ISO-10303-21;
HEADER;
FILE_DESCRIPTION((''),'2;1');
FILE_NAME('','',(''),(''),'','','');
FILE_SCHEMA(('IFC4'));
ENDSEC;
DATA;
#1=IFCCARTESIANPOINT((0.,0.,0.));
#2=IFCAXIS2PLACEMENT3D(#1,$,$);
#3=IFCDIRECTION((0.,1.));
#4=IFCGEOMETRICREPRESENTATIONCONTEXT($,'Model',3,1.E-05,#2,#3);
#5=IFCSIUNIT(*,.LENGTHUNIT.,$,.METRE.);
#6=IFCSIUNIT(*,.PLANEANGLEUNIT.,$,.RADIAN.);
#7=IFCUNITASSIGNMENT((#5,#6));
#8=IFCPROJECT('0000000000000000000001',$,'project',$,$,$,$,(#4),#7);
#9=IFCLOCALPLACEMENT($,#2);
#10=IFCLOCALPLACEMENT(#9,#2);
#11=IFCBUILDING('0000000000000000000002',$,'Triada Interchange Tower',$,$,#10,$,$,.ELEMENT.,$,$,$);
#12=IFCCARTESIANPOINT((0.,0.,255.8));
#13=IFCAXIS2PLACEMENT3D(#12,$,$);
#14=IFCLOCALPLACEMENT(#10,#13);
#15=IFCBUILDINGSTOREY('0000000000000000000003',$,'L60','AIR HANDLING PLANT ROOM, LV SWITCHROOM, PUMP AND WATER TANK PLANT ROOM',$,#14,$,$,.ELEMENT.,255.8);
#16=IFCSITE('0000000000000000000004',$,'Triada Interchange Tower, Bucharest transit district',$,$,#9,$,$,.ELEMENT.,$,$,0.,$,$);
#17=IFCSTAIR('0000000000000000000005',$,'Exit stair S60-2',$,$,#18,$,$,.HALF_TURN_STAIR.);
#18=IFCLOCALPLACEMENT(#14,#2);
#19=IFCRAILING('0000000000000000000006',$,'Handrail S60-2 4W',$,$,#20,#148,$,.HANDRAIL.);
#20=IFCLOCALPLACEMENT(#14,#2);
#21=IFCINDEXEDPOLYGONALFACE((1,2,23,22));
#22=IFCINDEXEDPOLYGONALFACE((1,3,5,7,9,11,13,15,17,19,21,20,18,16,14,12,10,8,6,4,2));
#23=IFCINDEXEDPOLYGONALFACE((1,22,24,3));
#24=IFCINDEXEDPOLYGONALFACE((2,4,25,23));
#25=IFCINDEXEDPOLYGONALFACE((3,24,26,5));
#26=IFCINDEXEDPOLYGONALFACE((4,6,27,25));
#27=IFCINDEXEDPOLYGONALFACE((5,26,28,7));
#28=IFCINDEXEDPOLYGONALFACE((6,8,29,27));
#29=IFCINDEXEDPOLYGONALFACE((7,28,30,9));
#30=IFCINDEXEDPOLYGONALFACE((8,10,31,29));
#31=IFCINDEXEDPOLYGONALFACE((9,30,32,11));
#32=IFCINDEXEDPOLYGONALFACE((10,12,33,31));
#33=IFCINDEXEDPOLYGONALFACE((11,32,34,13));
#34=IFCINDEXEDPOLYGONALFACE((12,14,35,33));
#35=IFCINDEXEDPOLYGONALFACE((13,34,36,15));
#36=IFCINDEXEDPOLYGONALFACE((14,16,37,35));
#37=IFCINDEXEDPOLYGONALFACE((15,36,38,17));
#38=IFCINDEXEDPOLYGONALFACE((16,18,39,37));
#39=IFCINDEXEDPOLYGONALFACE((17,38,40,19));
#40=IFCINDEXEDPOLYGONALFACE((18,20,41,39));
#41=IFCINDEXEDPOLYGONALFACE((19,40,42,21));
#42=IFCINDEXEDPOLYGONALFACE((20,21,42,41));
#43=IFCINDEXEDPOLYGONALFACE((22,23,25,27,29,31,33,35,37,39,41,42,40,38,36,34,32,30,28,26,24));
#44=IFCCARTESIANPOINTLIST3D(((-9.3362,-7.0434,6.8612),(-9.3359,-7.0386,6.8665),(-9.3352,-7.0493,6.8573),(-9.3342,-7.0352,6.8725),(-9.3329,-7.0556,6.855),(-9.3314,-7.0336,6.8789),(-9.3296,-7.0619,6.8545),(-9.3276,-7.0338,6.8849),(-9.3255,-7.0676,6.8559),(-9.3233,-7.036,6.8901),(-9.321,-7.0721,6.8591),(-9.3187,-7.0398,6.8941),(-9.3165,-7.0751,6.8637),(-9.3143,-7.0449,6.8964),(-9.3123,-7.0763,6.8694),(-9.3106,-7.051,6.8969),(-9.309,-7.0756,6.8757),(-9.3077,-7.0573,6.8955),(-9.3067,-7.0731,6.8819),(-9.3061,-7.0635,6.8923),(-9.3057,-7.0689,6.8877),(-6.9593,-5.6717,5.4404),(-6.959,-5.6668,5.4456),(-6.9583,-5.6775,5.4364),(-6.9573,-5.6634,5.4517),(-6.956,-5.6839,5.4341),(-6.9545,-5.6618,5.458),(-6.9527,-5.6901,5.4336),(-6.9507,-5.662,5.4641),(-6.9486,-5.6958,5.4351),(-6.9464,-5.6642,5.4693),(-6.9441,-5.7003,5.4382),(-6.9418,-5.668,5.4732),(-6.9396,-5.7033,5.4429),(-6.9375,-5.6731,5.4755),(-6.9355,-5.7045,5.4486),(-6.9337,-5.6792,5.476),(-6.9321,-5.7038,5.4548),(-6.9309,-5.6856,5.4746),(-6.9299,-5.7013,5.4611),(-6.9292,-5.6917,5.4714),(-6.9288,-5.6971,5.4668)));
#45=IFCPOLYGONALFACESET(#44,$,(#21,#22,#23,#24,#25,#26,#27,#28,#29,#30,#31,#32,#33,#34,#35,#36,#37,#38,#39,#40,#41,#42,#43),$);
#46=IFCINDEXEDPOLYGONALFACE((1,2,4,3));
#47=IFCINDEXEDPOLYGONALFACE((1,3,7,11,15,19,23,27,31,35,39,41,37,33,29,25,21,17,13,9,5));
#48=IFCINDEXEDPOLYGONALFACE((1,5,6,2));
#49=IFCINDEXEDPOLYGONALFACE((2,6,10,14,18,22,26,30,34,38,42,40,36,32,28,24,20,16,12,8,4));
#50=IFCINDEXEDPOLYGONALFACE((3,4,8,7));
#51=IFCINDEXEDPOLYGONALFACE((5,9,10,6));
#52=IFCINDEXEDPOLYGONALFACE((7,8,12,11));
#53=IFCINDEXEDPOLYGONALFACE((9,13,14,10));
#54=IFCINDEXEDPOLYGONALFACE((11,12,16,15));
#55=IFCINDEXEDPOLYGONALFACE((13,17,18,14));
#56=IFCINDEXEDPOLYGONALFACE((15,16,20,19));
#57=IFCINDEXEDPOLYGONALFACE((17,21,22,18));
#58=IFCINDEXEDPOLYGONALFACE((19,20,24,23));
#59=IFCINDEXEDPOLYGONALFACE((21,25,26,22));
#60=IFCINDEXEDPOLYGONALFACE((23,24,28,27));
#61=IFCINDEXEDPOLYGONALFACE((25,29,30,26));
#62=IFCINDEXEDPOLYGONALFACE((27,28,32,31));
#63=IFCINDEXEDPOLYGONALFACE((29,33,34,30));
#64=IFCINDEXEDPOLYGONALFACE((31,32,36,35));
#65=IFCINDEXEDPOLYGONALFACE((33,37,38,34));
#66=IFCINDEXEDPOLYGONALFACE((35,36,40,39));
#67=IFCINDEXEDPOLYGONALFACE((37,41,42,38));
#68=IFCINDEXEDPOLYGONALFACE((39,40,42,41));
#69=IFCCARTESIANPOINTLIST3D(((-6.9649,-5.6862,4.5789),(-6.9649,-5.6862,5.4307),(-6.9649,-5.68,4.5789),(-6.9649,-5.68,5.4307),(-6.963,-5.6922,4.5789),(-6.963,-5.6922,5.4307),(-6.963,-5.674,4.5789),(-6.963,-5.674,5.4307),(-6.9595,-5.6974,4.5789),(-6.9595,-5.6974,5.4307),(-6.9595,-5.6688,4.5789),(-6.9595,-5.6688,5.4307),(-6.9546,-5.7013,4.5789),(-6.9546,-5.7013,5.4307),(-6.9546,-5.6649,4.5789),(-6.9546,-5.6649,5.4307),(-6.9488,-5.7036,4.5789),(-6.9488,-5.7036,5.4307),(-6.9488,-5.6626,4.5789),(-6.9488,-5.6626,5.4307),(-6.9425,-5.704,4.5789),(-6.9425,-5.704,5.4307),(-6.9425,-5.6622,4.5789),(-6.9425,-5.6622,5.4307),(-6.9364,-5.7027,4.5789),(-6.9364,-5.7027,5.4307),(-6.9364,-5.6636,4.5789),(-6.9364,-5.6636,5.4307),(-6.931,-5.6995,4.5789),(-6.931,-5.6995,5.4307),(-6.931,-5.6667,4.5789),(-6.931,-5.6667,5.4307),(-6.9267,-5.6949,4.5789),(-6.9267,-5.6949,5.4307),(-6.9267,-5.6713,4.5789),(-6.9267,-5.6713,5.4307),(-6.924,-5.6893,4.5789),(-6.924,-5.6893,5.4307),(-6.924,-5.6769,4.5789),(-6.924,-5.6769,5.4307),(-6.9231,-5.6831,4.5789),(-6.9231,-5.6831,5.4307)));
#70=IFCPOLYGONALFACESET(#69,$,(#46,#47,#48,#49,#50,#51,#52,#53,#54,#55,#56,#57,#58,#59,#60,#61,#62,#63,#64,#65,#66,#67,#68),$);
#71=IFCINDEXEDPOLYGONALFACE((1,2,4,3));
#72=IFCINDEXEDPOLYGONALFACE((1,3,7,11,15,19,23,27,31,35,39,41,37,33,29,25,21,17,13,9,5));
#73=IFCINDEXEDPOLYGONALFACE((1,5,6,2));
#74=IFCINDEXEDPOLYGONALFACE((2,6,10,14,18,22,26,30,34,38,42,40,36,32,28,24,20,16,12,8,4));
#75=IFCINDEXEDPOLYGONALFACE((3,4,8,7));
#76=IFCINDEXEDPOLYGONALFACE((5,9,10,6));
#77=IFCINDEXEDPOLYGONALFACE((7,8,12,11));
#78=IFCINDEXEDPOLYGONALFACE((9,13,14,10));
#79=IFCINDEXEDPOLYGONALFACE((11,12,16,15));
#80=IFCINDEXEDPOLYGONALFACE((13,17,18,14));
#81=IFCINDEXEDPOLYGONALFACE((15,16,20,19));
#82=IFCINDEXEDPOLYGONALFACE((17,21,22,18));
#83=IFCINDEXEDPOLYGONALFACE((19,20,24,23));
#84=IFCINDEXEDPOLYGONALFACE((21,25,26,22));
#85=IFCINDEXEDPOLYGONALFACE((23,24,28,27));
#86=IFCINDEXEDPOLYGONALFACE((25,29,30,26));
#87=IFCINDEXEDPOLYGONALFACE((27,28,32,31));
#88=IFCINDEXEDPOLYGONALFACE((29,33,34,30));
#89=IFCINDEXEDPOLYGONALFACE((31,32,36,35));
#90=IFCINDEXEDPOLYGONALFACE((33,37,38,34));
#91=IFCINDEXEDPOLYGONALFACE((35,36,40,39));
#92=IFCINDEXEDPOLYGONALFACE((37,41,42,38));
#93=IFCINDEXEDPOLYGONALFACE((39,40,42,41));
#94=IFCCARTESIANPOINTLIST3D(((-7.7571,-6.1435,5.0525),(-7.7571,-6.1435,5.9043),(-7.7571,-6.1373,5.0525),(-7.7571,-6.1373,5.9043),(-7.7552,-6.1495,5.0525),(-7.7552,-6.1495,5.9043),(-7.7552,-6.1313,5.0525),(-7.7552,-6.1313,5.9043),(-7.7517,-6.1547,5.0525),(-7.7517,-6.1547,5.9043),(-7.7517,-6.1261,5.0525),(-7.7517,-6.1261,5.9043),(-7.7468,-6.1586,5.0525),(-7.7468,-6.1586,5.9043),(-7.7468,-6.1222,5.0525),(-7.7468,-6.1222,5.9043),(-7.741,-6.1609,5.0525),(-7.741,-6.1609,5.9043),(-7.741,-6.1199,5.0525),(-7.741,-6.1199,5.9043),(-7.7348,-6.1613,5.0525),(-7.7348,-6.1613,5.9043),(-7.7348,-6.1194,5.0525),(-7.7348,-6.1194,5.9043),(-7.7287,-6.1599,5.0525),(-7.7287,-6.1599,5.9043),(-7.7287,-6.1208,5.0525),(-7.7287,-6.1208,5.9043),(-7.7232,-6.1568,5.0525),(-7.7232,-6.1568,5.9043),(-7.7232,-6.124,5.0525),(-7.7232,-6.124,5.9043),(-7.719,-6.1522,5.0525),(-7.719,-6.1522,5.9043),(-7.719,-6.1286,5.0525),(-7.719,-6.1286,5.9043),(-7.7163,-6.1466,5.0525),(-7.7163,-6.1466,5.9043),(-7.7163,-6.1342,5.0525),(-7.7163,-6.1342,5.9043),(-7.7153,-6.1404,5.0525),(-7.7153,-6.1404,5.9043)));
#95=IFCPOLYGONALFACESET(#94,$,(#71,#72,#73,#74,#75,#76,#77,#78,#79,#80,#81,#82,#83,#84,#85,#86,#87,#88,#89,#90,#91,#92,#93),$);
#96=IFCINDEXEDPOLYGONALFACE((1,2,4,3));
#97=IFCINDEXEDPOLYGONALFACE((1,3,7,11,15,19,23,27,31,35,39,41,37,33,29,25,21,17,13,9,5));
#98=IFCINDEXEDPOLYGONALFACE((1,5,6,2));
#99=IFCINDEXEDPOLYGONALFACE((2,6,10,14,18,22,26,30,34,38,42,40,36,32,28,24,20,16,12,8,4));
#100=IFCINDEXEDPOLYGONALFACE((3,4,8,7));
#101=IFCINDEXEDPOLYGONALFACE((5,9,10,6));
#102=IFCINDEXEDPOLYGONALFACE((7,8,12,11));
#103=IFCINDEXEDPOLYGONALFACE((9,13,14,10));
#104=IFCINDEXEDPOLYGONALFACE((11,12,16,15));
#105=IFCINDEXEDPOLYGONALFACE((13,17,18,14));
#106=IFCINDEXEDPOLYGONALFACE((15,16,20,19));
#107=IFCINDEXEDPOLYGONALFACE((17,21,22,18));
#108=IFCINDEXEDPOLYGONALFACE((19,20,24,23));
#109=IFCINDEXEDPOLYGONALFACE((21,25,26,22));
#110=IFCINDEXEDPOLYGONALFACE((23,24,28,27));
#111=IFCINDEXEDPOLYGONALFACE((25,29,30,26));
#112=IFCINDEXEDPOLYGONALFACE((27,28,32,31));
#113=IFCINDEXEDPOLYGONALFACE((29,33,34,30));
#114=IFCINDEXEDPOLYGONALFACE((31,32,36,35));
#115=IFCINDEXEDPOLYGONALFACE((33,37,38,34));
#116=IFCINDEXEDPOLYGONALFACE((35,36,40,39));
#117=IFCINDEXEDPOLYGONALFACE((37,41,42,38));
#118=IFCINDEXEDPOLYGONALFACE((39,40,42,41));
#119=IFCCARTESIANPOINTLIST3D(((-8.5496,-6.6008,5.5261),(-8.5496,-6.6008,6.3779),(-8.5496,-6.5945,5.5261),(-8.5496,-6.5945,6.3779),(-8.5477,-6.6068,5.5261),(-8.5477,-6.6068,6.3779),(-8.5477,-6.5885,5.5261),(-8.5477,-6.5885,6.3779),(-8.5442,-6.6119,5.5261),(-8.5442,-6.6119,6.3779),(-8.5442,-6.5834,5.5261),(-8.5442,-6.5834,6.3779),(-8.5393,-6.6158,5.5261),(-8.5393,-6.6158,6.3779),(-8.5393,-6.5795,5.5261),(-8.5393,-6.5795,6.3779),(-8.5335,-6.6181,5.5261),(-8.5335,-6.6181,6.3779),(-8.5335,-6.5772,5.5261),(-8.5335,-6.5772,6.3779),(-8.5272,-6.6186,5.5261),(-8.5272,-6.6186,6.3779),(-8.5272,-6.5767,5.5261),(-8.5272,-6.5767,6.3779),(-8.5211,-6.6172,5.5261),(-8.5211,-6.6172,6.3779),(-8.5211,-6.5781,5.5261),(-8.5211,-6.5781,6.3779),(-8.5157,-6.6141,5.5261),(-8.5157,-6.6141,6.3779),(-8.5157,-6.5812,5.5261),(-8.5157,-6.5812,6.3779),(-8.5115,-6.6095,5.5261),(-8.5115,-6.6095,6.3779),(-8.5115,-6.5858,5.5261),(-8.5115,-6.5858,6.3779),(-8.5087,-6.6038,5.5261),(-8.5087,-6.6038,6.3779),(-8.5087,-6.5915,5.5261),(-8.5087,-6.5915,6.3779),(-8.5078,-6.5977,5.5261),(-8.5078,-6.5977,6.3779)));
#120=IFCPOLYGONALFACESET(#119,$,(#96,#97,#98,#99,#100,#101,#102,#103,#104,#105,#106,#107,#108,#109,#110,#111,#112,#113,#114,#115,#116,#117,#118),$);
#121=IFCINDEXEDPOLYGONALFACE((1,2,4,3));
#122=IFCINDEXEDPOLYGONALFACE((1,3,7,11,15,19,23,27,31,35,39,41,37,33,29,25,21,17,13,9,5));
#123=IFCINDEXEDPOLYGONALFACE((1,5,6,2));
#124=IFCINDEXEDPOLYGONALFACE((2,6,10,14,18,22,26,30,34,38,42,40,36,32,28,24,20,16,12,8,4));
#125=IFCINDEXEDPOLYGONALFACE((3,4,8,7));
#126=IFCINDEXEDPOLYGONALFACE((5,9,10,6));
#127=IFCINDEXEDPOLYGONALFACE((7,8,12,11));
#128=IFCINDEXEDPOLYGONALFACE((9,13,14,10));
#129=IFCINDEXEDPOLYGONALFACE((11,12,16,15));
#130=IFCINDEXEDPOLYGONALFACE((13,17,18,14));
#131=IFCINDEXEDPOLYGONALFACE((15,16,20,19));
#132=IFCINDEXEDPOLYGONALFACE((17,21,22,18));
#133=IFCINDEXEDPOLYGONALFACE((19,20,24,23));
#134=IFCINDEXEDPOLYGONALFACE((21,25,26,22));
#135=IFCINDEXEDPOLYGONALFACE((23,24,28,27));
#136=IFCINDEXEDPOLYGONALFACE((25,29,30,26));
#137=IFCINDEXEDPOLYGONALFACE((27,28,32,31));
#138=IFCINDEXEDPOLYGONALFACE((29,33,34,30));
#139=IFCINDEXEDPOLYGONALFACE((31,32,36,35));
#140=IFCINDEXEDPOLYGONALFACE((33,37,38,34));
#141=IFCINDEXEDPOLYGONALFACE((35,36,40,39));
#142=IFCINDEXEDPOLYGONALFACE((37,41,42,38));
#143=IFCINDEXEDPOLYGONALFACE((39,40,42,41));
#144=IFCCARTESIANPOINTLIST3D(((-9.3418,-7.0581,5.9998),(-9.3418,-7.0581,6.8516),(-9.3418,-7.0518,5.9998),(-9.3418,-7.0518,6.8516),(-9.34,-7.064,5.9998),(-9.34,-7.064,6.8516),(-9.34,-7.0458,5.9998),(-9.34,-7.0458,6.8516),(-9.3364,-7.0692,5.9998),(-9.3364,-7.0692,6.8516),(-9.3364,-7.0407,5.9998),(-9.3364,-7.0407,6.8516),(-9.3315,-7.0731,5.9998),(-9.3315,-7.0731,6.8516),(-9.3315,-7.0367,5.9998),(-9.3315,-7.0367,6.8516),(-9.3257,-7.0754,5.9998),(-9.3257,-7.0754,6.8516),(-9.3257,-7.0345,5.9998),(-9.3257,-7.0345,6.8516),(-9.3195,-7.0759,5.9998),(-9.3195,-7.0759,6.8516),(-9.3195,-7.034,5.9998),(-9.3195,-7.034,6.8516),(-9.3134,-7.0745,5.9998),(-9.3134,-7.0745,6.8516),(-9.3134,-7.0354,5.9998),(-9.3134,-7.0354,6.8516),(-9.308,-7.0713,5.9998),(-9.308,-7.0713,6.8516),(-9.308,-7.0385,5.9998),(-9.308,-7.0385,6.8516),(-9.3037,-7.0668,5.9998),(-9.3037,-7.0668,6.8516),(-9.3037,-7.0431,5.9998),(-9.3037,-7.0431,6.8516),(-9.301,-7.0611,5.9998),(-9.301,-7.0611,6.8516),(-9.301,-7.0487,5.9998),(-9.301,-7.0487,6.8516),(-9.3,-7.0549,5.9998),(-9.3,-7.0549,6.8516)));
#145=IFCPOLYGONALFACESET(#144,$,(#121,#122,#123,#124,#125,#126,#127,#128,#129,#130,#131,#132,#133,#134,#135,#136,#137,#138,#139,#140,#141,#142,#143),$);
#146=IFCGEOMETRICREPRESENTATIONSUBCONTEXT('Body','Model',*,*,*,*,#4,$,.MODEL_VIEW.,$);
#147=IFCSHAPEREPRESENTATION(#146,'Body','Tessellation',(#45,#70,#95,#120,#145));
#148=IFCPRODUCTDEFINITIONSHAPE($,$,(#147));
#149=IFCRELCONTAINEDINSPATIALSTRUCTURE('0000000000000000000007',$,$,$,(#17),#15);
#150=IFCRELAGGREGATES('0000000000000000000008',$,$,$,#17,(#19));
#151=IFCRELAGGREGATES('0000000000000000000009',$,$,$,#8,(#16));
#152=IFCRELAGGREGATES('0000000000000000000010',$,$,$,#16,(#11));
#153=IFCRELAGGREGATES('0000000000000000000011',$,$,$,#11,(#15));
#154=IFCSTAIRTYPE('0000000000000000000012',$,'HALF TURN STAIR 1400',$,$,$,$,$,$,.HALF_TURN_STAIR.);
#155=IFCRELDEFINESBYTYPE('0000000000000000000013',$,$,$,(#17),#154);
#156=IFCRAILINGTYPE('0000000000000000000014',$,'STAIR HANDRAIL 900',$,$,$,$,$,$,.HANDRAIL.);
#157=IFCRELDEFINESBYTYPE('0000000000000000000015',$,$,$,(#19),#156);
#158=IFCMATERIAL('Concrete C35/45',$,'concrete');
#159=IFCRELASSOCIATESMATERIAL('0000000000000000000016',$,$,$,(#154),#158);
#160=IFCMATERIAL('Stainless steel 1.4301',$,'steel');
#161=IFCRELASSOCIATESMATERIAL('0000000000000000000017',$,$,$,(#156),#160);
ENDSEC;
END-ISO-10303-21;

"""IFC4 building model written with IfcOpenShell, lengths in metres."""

from ifc_helpers import new_model, si_unit, direction, frame, origin, origin_2d, place, context, subcontext, project, spatial, circle, extrude, material, type_object, element, aggregate, save


model = new_model("IFC4")

# Units and contexts
model_context = context("Model", 3, precision=1e-05, world=origin(), true_north=direction((0.0, 1.0)))
body_context = subcontext(model_context, "Body", "Model", "MODEL_VIEW")
ifc_project = project(units=[si_unit("LENGTHUNIT", "METRE"), si_unit("PLANEANGLEUNIT", "RADIAN")], contexts=[model_context])

# Site, building, storey
site_placement = place(None, origin())
site = spatial("IfcSite", under=ifc_project, at=site_placement, Name="Triada Interchange Tower, Bucharest transit district", CompositionType="ELEMENT", RefElevation=0.0)
building_placement = place(site_placement, origin())
building = spatial("IfcBuilding", under=site, at=building_placement, Name="Triada Interchange Tower", CompositionType="ELEMENT")
storey_placement = place(building_placement, frame((0.0, 0.0, 255.8)))
storey = spatial("IfcBuildingStorey", under=building, at=storey_placement, Name="L60", Description="AIR HANDLING PLANT ROOM, LV SWITCHROOM, PUMP AND WATER TANK PLANT ROOM", CompositionType="ELEMENT", Elevation=255.8)

# Stair, railing
ifc_material_1 = material(Name="Concrete C35/45", Category="concrete")
stair_type = type_object("IfcStairType", Name="HALF TURN STAIR 1400", PredefinedType="HALF_TURN_STAIR", material=ifc_material_1)
stair_placement = place(storey_placement, origin())
stair = element("IfcStair", 1, at=stair_placement, inside=storey, type_object=stair_type, Name="Exit stair S60-2", PredefinedType="HALF_TURN_STAIR")
ifc_material_2 = material(Name="Stainless steel 1.4301", Category="steel")
railing_type = type_object("IfcRailingType", Name="STAIR HANDRAIL 900", PredefinedType="HANDRAIL", material=ifc_material_2)
railing_1_placement = place(storey_placement, frame((-6.9441, -5.6831, 4.5789)))
railing_1 = element("IfcRailing", 2, at=railing_1_placement, type_object=railing_type, Name="Handrail S60-2 4W", PredefinedType="HANDRAIL", context=body_context, shape_type="SweptSolid", body=[
    extrude(circle(Radius=0.0239, at=origin_2d()), frame((0.0, 0.0, 0.876), z_axis=(-0.769133, -0.443895, 0.459774), x_axis=(0.499861, -0.866106, 0.0)), (0.0, 0.0, 1.0), 3.0903),
    extrude(circle(Radius=0.021, at=origin_2d()), origin(), (0.0, 0.0, 1.0), 0.8518),
    extrude(circle(Radius=0.021, at=origin_2d()), frame((-0.7922, -0.4573, 0.4736)), (0.0, 0.0, 1.0), 0.8518),
    extrude(circle(Radius=0.021, at=origin_2d()), frame((-1.5847, -0.9146, 0.9473)), (0.0, 0.0, 1.0), 0.8518),
    extrude(circle(Radius=0.021, at=origin_2d()), frame((-2.377, -1.3718, 1.4209)), (0.0, 0.0, 1.0), 0.8518),
])
aggregate(stair, [railing_1])

save(model, "model.ifc")
